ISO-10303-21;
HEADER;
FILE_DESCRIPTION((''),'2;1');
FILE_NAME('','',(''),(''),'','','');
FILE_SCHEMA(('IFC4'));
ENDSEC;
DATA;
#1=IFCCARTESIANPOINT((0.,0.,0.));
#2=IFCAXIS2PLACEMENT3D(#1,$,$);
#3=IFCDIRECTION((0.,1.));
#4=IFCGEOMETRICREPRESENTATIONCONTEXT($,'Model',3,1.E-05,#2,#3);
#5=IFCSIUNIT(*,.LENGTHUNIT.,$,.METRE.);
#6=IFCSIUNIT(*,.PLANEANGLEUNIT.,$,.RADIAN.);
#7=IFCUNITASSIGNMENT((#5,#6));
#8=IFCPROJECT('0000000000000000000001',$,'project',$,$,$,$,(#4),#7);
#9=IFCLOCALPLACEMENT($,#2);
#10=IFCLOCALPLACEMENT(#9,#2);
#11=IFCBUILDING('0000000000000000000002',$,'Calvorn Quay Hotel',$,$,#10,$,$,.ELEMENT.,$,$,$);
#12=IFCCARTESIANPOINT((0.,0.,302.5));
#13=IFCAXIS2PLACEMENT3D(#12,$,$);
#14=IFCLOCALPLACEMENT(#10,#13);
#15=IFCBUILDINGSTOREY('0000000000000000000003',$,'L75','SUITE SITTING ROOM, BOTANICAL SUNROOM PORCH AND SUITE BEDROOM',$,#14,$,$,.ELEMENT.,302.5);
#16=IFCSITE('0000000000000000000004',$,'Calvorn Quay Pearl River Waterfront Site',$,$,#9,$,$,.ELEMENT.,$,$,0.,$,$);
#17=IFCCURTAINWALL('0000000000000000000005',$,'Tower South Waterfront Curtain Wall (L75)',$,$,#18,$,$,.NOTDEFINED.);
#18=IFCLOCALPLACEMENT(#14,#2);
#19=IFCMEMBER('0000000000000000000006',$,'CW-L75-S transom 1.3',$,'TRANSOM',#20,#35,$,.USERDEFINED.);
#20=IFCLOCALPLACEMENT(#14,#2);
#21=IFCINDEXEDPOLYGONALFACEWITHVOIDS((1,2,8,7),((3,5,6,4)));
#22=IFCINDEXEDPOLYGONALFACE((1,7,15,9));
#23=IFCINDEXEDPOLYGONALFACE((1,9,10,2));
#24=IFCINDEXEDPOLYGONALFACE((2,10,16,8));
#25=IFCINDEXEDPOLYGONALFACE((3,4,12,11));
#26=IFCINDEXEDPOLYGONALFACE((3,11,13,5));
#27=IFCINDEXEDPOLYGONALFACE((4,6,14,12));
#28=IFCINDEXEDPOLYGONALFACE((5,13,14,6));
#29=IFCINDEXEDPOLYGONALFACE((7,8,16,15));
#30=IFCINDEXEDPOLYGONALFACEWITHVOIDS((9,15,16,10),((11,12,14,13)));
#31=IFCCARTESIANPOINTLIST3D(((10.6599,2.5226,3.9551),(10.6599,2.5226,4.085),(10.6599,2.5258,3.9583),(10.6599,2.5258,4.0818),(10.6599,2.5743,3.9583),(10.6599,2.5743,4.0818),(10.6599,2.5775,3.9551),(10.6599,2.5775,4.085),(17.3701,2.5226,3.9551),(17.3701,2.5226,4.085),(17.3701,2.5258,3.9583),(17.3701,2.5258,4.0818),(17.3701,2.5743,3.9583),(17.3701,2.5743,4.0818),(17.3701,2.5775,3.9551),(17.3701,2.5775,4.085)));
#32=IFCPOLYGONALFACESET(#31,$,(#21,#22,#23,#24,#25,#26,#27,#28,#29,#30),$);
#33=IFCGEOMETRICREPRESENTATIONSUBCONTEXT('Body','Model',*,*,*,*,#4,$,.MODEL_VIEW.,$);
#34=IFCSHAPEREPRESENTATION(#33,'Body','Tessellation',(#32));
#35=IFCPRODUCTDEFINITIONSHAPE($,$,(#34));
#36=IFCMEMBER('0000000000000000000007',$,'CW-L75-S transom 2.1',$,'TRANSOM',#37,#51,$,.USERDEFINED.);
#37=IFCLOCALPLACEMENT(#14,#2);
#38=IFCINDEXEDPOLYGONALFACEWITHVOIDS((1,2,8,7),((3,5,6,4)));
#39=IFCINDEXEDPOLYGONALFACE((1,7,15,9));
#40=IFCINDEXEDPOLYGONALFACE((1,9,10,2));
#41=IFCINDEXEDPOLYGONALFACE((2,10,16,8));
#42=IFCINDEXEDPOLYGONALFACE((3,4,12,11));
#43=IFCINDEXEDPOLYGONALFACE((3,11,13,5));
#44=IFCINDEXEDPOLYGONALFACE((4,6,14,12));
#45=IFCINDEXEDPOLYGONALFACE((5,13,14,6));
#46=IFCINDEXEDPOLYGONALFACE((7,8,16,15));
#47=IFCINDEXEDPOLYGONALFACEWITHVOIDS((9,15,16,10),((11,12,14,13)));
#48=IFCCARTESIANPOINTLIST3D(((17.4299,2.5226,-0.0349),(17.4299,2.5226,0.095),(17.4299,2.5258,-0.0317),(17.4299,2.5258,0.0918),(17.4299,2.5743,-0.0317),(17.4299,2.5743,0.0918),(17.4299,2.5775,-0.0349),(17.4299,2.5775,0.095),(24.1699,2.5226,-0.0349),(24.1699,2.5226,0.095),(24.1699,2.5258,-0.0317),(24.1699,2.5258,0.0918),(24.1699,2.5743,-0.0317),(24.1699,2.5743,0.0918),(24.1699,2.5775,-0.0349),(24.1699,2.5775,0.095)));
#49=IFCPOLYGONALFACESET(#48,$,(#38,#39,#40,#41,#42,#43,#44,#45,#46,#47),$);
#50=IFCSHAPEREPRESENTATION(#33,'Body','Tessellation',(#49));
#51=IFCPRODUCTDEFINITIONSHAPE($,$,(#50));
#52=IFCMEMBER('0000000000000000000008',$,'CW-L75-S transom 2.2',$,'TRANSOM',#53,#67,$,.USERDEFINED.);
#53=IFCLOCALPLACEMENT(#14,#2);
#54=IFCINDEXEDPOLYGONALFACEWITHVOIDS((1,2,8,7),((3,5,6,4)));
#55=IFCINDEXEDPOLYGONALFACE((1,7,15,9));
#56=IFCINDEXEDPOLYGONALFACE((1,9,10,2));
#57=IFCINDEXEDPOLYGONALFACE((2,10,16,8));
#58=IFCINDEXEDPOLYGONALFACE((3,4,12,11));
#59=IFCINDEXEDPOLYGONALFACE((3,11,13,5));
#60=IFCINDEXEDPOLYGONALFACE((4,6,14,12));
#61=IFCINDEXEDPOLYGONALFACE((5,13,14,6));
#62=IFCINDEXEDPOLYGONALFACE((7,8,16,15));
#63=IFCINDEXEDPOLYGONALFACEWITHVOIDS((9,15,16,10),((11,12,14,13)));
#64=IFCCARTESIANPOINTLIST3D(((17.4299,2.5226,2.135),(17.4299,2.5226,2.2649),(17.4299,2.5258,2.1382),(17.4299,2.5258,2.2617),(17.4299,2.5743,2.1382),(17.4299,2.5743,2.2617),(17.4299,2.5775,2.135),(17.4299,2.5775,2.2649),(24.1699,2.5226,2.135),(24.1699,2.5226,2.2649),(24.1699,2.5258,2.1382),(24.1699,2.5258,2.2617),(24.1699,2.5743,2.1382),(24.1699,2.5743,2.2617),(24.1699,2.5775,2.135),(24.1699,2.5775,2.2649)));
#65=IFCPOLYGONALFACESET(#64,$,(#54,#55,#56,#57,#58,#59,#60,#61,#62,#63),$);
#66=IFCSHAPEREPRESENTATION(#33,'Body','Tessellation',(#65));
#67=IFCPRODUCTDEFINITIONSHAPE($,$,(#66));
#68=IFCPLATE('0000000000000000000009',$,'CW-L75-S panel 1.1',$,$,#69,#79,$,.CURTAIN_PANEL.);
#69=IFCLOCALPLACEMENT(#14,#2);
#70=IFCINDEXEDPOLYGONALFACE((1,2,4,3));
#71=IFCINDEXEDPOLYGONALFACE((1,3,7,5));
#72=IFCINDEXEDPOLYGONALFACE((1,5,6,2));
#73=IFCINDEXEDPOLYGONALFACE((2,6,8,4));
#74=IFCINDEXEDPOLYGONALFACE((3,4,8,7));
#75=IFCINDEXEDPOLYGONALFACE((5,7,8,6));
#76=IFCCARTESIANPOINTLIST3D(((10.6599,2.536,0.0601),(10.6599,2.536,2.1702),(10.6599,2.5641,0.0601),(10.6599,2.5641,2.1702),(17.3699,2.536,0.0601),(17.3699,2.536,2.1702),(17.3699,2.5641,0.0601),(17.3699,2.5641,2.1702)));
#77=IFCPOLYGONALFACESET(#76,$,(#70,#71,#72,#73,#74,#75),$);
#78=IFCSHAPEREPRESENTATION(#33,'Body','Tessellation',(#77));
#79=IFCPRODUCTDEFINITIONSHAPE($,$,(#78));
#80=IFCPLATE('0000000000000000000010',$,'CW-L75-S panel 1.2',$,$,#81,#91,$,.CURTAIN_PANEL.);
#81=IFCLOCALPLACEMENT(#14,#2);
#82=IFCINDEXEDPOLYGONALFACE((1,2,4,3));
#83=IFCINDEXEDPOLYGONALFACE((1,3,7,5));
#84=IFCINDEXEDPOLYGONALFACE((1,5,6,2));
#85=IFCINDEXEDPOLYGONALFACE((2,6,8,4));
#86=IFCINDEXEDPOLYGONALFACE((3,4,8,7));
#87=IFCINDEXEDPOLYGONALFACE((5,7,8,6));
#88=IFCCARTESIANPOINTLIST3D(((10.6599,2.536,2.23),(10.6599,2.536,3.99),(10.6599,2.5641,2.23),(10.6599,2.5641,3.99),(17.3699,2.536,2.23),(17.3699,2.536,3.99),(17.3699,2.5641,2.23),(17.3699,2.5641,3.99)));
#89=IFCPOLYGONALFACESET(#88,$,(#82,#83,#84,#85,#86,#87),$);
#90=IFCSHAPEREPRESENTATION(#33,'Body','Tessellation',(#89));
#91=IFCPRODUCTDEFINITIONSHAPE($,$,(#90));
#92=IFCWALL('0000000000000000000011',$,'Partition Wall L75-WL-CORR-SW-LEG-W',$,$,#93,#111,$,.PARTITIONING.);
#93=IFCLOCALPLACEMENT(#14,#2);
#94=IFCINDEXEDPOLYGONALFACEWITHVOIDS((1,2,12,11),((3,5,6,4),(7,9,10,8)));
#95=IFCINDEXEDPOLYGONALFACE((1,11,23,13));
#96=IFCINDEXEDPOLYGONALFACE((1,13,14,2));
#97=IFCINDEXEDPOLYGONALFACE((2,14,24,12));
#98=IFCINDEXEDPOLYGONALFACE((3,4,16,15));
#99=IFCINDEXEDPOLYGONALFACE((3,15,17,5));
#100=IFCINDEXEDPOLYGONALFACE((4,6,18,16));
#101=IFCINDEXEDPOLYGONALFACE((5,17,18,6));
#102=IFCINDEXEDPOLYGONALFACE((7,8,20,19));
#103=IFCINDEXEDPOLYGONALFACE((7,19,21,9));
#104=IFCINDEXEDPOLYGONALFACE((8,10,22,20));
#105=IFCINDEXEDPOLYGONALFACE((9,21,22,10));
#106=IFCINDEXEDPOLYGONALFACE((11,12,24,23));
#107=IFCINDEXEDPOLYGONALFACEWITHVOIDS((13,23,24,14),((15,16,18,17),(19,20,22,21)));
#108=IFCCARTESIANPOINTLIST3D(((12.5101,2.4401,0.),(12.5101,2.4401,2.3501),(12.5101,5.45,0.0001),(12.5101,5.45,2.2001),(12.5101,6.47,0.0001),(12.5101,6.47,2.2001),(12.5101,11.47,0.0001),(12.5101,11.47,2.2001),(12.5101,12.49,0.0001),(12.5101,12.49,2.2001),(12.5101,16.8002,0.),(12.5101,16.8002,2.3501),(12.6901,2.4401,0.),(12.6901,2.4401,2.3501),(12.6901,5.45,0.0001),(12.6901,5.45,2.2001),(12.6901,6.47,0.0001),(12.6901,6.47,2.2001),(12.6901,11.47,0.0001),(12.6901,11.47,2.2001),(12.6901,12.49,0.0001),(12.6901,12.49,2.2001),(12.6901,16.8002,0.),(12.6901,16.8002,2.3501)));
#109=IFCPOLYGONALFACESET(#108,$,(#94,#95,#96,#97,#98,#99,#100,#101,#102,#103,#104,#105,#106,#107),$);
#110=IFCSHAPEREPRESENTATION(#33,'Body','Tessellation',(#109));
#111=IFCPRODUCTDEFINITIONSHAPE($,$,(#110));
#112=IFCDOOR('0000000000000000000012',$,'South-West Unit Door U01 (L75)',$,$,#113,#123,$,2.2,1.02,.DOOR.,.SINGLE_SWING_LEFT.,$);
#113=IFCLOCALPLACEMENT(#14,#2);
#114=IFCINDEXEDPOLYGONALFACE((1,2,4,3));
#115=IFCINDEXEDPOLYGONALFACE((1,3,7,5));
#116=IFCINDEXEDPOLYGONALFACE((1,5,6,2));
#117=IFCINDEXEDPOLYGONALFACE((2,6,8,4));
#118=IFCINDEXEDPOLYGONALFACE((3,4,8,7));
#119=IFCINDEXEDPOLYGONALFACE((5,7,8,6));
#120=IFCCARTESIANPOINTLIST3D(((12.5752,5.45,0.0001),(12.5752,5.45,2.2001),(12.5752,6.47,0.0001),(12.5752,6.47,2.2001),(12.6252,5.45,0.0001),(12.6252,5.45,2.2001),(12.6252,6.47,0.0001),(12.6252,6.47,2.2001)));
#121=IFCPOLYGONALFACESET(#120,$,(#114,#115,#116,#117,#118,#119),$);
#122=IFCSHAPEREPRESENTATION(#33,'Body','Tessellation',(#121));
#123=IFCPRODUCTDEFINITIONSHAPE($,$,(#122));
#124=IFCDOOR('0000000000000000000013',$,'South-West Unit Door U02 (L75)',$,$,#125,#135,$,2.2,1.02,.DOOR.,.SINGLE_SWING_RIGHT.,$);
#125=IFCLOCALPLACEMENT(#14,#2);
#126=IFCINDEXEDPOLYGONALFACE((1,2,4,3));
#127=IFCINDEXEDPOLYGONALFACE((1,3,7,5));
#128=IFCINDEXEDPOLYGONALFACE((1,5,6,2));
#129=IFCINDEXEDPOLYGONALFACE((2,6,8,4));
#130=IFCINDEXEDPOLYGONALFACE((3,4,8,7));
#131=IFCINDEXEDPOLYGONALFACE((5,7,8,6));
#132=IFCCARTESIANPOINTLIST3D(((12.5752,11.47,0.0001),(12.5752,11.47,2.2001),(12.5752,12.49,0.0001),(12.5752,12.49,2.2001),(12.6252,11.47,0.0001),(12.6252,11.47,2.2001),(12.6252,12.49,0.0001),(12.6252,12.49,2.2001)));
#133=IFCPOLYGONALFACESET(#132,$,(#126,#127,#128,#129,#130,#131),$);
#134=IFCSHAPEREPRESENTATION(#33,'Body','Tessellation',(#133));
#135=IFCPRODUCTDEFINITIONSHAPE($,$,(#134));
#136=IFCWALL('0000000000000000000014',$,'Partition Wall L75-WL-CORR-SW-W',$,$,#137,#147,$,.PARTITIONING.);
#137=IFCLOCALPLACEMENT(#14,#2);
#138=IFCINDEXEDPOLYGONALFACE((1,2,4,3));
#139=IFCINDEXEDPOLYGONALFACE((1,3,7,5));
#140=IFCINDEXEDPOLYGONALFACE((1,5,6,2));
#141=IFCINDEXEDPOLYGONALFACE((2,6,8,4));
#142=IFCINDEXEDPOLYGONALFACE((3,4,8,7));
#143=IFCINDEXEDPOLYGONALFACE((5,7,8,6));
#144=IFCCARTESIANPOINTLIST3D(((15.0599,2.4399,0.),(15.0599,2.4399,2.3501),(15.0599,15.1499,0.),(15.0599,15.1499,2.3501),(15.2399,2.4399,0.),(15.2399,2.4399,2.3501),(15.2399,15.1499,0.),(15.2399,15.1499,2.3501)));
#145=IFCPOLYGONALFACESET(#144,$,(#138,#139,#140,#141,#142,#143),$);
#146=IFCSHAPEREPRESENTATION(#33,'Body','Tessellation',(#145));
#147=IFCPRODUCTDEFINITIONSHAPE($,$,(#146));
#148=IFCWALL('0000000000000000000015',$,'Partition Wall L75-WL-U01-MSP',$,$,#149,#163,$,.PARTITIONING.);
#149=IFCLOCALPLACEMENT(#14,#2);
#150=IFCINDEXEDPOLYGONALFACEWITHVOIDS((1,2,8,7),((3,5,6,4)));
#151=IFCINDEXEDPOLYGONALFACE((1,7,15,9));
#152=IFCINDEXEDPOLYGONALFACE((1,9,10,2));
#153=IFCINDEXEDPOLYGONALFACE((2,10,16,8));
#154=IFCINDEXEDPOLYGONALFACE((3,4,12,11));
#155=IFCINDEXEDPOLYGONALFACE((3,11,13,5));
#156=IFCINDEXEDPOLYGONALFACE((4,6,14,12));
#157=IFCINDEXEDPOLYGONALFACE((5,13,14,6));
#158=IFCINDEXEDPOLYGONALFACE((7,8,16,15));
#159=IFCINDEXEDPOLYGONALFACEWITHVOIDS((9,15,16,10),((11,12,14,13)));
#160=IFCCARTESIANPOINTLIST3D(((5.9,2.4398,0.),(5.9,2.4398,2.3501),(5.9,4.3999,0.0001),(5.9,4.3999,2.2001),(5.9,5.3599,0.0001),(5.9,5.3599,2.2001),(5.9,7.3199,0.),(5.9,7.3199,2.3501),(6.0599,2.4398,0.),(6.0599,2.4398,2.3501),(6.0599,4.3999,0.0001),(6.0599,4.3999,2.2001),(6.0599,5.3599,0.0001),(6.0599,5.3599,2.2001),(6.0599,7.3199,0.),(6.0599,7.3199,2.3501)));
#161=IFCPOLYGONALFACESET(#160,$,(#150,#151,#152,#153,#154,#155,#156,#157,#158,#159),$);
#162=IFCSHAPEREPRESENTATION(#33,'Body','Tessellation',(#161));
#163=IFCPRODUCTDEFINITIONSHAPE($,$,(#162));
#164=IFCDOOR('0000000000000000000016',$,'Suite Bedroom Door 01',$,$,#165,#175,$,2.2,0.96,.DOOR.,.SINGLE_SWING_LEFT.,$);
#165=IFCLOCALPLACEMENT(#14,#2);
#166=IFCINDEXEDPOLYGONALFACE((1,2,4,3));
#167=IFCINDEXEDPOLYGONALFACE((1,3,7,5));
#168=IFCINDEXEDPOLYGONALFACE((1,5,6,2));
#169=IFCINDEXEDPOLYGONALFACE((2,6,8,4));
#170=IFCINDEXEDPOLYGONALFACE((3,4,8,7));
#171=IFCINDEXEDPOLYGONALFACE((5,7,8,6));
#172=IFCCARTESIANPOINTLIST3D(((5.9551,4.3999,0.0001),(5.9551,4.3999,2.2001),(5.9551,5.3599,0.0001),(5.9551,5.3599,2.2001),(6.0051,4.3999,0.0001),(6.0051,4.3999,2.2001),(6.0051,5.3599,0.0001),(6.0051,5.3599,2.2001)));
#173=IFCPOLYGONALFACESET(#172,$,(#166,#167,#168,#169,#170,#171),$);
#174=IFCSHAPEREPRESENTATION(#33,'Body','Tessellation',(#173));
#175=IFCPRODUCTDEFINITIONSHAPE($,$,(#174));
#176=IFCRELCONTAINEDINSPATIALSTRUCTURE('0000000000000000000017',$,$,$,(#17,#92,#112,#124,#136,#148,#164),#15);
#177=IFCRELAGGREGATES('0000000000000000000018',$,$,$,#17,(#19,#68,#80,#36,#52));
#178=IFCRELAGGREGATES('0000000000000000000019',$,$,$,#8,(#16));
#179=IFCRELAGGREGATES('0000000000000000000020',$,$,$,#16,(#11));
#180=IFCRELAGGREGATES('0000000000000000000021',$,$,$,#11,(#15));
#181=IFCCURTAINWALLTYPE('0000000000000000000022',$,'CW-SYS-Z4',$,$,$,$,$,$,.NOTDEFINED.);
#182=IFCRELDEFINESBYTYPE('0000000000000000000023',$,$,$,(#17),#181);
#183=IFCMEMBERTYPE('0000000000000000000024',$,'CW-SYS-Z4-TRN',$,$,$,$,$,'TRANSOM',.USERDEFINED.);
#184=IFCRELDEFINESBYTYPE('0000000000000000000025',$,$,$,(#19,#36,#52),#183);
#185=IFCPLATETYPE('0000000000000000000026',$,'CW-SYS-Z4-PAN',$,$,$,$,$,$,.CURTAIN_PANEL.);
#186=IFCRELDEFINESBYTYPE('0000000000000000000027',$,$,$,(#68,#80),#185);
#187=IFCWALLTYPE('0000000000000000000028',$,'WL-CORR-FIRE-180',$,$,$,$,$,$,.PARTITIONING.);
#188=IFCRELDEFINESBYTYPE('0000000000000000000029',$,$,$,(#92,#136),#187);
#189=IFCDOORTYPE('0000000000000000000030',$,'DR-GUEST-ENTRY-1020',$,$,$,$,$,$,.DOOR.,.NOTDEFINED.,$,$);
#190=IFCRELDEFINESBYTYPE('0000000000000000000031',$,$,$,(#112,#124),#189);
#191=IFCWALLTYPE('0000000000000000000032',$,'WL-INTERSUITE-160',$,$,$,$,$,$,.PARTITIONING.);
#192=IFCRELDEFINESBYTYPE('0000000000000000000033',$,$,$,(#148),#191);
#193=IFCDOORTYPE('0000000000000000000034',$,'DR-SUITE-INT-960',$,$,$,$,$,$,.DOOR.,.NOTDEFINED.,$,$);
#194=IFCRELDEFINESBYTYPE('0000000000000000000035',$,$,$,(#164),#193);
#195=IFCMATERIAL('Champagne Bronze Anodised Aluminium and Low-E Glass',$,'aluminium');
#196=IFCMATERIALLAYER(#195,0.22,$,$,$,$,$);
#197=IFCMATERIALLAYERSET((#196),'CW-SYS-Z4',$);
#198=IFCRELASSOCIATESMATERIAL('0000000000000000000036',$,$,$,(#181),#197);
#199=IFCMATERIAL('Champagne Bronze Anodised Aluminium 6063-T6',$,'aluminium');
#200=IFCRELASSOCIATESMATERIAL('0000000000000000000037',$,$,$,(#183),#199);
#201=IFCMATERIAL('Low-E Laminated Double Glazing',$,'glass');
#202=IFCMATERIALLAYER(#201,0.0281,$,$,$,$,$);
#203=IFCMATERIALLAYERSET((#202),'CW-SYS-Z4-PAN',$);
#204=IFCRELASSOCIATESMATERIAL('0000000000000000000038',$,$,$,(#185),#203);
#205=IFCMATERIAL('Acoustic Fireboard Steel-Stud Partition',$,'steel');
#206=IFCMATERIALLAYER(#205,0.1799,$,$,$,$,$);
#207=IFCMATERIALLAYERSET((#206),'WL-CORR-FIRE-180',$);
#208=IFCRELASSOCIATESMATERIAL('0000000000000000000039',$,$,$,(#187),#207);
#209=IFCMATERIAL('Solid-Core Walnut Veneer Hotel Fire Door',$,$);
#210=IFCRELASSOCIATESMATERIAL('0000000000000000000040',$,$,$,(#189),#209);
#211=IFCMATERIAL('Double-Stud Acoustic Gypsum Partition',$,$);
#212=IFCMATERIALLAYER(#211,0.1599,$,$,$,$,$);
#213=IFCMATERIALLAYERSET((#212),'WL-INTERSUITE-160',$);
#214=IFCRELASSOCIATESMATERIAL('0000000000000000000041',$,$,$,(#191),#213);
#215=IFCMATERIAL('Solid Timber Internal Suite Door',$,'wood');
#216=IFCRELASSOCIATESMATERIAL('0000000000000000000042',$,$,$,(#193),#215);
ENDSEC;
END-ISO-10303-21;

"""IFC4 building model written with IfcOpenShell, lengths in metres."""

from ifc_helpers import new_model, si_unit, direction, frame, frame_2d, origin, origin_2d, place, context, subcontext, project, spatial, rectangle, hollow_rectangle, extrude, material, layer, layer_set, material_profile, profile_set, type_object, element, fill, aggregate, save


model = new_model("IFC4")

# Units and contexts
model_context = context("Model", 3, precision=1e-05, world=origin(), true_north=direction((0.0, 1.0)))
body_context = subcontext(model_context, "Body", "Model", "MODEL_VIEW")
ifc_project = project(units=[si_unit("LENGTHUNIT", "METRE"), si_unit("PLANEANGLEUNIT", "RADIAN")], contexts=[model_context])

# Site, building, storey
site_placement = place(None, origin())
site = spatial("IfcSite", under=ifc_project, at=site_placement, Name="Calvorn Quay Pearl River Waterfront Site", CompositionType="ELEMENT", RefElevation=0.0)
building_placement = place(site_placement, origin())
building = spatial("IfcBuilding", under=site, at=building_placement, Name="Calvorn Quay Hotel", CompositionType="ELEMENT")
storey_placement = place(building_placement, frame((0.0, 0.0, 302.5)))
storey = spatial("IfcBuildingStorey", under=building, at=storey_placement, Name="L75", Description="SUITE SITTING ROOM, BOTANICAL SUNROOM PORCH AND SUITE BEDROOM", CompositionType="ELEMENT", Elevation=302.5)

# Curtain wall, members, plates
ifc_material_1 = material(Name="Champagne Bronze Anodised Aluminium and Low-E Glass", Category="aluminium")
ifc_layer_1 = layer(ifc_material_1, 0.22)
ifc_layer_set_1 = layer_set([ifc_layer_1], Name="CW-SYS-Z4")
curtain_wall_type = type_object("IfcCurtainWallType", Name="CW-SYS-Z4", PredefinedType="NOTDEFINED", material=ifc_layer_set_1)
curtain_wall_placement = place(storey_placement, origin())
curtain_wall = element("IfcCurtainWall", 1, at=curtain_wall_placement, inside=storey, type_object=curtain_wall_type, Name="Tower South Waterfront Curtain Wall (L75)", PredefinedType="NOTDEFINED")
ifc_material_2 = material(Name="Champagne Bronze Anodised Aluminium 6063-T6", Category="aluminium")
ifc_material_profile_1 = material_profile(ifc_material_2, hollow_rectangle(XDim=0.0549, YDim=0.1299, WallThickness=0.0032, at=origin_2d()), Name="ALU-T130x55x3.2")
ifc_profile_set_1 = profile_set([ifc_material_profile_1], Name="Champagne Bronze Anodised Aluminium 6063-T6")
member_type_1 = type_object("IfcMemberType", Name="CW-SYS-Z4-TRN", ElementType="TRANSOM", PredefinedType="USERDEFINED", material=ifc_profile_set_1)
member_1_placement = place(storey_placement, frame((10.6599, 2.55, 4.02), z_axis=(1.0, 0.0, 0.0), x_axis=(0.0, 1.0, 0.0)))
member_1 = element("IfcMember", 2, at=member_1_placement, type_object=member_type_1, Name="CW-L75-S transom 1.3", ObjectType="TRANSOM", PredefinedType="USERDEFINED", context=body_context, shape_type="SweptSolid", body=[
    extrude(hollow_rectangle(XDim=0.0549, YDim=0.1299, WallThickness=0.0032, at=origin_2d()), origin(), (0.0, 0.0, 1.0), 6.7102),
])
member_2_placement = place(storey_placement, frame((17.4299, 2.55, 0.03), z_axis=(1.0, 0.0, 0.0), x_axis=(0.0, 1.0, 0.0)))
member_2 = element("IfcMember", 3, at=member_2_placement, type_object=member_type_1, Name="CW-L75-S transom 2.1", ObjectType="TRANSOM", PredefinedType="USERDEFINED", context=body_context, shape_type="SweptSolid", body=[
    extrude(hollow_rectangle(XDim=0.0549, YDim=0.1299, WallThickness=0.0032, at=origin_2d()), origin(), (0.0, 0.0, 1.0), 6.74),
])
member_3_placement = place(storey_placement, frame((17.4299, 2.55, 2.2), z_axis=(1.0, 0.0, 0.0), x_axis=(0.0, 1.0, 0.0)))
member_3 = element("IfcMember", 4, at=member_3_placement, type_object=member_type_1, Name="CW-L75-S transom 2.2", ObjectType="TRANSOM", PredefinedType="USERDEFINED", context=body_context, shape_type="SweptSolid", body=[
    extrude(hollow_rectangle(XDim=0.0549, YDim=0.1299, WallThickness=0.0032, at=origin_2d()), origin(), (0.0, 0.0, 1.0), 6.74),
])
ifc_material_3 = material(Name="Low-E Laminated Double Glazing", Category="glass")
ifc_layer_2 = layer(ifc_material_3, 0.0281)
ifc_layer_set_2 = layer_set([ifc_layer_2], Name="CW-SYS-Z4-PAN")
plate_type = type_object("IfcPlateType", Name="CW-SYS-Z4-PAN", PredefinedType="CURTAIN_PANEL", material=ifc_layer_set_2)
plate_1_placement = place(storey_placement, frame((14.0149, 2.55, 0.0601), z_axis=(0.0, 0.0, 1.0), x_axis=(1.0, 0.0, 0.0)))
plate_1 = element("IfcPlate", 5, at=plate_1_placement, type_object=plate_type, Name="CW-L75-S panel 1.1", PredefinedType="CURTAIN_PANEL", context=body_context, shape_type="SweptSolid", body=[
    extrude(rectangle(XDim=6.71, YDim=0.0281, at=origin_2d()), origin(), (0.0, 0.0, 1.0), 2.1101),
])
plate_2_placement = place(storey_placement, frame((14.0149, 2.55, 2.23), z_axis=(0.0, 0.0, 1.0), x_axis=(1.0, 0.0, 0.0)))
plate_2 = element("IfcPlate", 6, at=plate_2_placement, type_object=plate_type, Name="CW-L75-S panel 1.2", PredefinedType="CURTAIN_PANEL", context=body_context, shape_type="SweptSolid", body=[
    extrude(rectangle(XDim=6.71, YDim=0.0281, at=origin_2d()), origin(), (0.0, 0.0, 1.0), 1.76),
])
aggregate(curtain_wall, [member_1, plate_1, plate_2, member_2, member_3])

# Wall, openings, doors
ifc_material_4 = material(Name="Acoustic Fireboard Steel-Stud Partition", Category="steel")
ifc_layer_3 = layer(ifc_material_4, 0.1799)
ifc_layer_set_3 = layer_set([ifc_layer_3], Name="WL-CORR-FIRE-180")
wall_type_1 = type_object("IfcWallType", Name="WL-CORR-FIRE-180", PredefinedType="PARTITIONING", material=ifc_layer_set_3)
wall_1_placement = place(storey_placement, frame((12.6001, 2.4399, 0.0), z_axis=(0.0, 0.0, 1.0), x_axis=(0.0, 1.0, 0.0)))
wall_1 = element("IfcWall", 7, at=wall_1_placement, inside=storey, type_object=wall_type_1, Name="Partition Wall L75-WL-CORR-SW-LEG-W", PredefinedType="PARTITIONING", context=body_context, shape_type="SweptSolid", body=[
    extrude(rectangle(XDim=14.3601, YDim=0.1799, at=frame_2d((7.1802, 0.0))), origin(), (0.0, 0.0, 1.0), 2.3501),
])
opening_1_placement = place(wall_1_placement, frame((3.01, 0.0, 0.0)))
opening_1 = element("IfcOpeningElement", 8, at=opening_1_placement, cuts=wall_1, PredefinedType="OPENING", context=body_context, shape_type="SweptSolid", body=[
    extrude(rectangle(XDim=1.02, YDim=2.2, at=frame_2d((0.51, 1.1001))), frame((0.0, 0.0999, 0.0), z_axis=(0.0, -1.0, 0.0), x_axis=(1.0, 0.0, 0.0)), (0.0, 0.0, 1.0), 0.2),
])
opening_2_placement = place(wall_1_placement, frame((9.03, 0.0, 0.0)))
opening_2 = element("IfcOpeningElement", 9, at=opening_2_placement, cuts=wall_1, PredefinedType="OPENING", context=body_context, shape_type="SweptSolid", body=[
    extrude(rectangle(XDim=1.02, YDim=2.2, at=frame_2d((0.51, 1.1001))), frame((0.0, 0.0999, 0.0), z_axis=(0.0, -1.0, 0.0), x_axis=(1.0, 0.0, 0.0)), (0.0, 0.0, 1.0), 0.2),
])
ifc_material_5 = material(Name="Solid-Core Walnut Veneer Hotel Fire Door")
door_type_1 = type_object("IfcDoorType", Name="DR-GUEST-ENTRY-1020", OperationType="NOTDEFINED", PredefinedType="DOOR", material=ifc_material_5)
door_1_placement = place(opening_1_placement, origin())
door_1 = element("IfcDoor", 10, at=door_1_placement, inside=storey, type_object=door_type_1, Name="South-West Unit Door U01 (L75)", OperationType="SINGLE_SWING_LEFT", OverallHeight=2.2, OverallWidth=1.02, PredefinedType="DOOR", context=body_context, shape_type="SweptSolid", body=[
    extrude(rectangle(XDim=1.02, YDim=2.2, at=frame_2d((0.51, 1.1001))), frame((0.0, 0.0249, 0.0), z_axis=(0.0, -1.0, 0.0), x_axis=(1.0, 0.0, 0.0)), (0.0, 0.0, 1.0), 0.05),
])
fill(opening_1, door_1)
door_2_placement = place(opening_2_placement, origin())
door_2 = element("IfcDoor", 11, at=door_2_placement, inside=storey, type_object=door_type_1, Name="South-West Unit Door U02 (L75)", OperationType="SINGLE_SWING_RIGHT", OverallHeight=2.2, OverallWidth=1.02, PredefinedType="DOOR", context=body_context, shape_type="SweptSolid", body=[
    extrude(rectangle(XDim=1.02, YDim=2.2, at=frame_2d((0.51, 1.1001))), frame((0.0, 0.0249, 0.0), z_axis=(0.0, -1.0, 0.0), x_axis=(1.0, 0.0, 0.0)), (0.0, 0.0, 1.0), 0.05),
])
fill(opening_2, door_2)

# Wall
wall_2_placement = place(storey_placement, frame((15.1499, 2.4399, 0.0), z_axis=(0.0, 0.0, 1.0), x_axis=(0.0, 1.0, 0.0)))
element("IfcWall", 12, at=wall_2_placement, inside=storey, type_object=wall_type_1, Name="Partition Wall L75-WL-CORR-SW-W", PredefinedType="PARTITIONING", context=body_context, shape_type="SweptSolid", body=[
    extrude(rectangle(XDim=12.71, YDim=0.1799, at=frame_2d((6.355, 0.0))), origin(), (0.0, 0.0, 1.0), 2.3501),
])

# Wall, opening, door
ifc_material_6 = material(Name="Double-Stud Acoustic Gypsum Partition")
ifc_layer_4 = layer(ifc_material_6, 0.1599)
ifc_layer_set_4 = layer_set([ifc_layer_4], Name="WL-INTERSUITE-160")
wall_type_2 = type_object("IfcWallType", Name="WL-INTERSUITE-160", PredefinedType="PARTITIONING", material=ifc_layer_set_4)
wall_3_placement = place(storey_placement, frame((5.98, 2.4399, 0.0), z_axis=(0.0, 0.0, 1.0), x_axis=(0.0, 1.0, 0.0)))
wall_3 = element("IfcWall", 13, at=wall_3_placement, inside=storey, type_object=wall_type_2, Name="Partition Wall L75-WL-U01-MSP", PredefinedType="PARTITIONING", context=body_context, shape_type="SweptSolid", body=[
    extrude(rectangle(XDim=4.8801, YDim=0.1599, at=frame_2d((2.4399, 0.0))), origin(), (0.0, 0.0, 1.0), 2.3501),
])
opening_3_placement = place(wall_3_placement, frame((1.96, 0.0, 0.0)))
opening_3 = element("IfcOpeningElement", 14, at=opening_3_placement, cuts=wall_3, PredefinedType="OPENING", context=body_context, shape_type="SweptSolid", body=[
    extrude(rectangle(XDim=0.96, YDim=2.2, at=frame_2d((0.48, 1.1001))), frame((0.0, 0.0898, 0.0), z_axis=(0.0, -1.0, 0.0), x_axis=(1.0, 0.0, 0.0)), (0.0, 0.0, 1.0), 0.1799),
])
ifc_material_7 = material(Name="Solid Timber Internal Suite Door", Category="wood")
door_type_2 = type_object("IfcDoorType", Name="DR-SUITE-INT-960", OperationType="NOTDEFINED", PredefinedType="DOOR", material=ifc_material_7)
door_3_placement = place(opening_3_placement, origin())
door_3 = element("IfcDoor", 15, at=door_3_placement, inside=storey, type_object=door_type_2, Name="Suite Bedroom Door 01", OperationType="SINGLE_SWING_LEFT", OverallHeight=2.2, OverallWidth=0.96, PredefinedType="DOOR", context=body_context, shape_type="SweptSolid", body=[
    extrude(rectangle(XDim=0.96, YDim=2.2, at=frame_2d((0.48, 1.1001))), frame((0.0, 0.0249, 0.0), z_axis=(0.0, -1.0, 0.0), x_axis=(1.0, 0.0, 0.0)), (0.0, 0.0, 1.0), 0.05),
])
fill(opening_3, door_3)

save(model, "model.ifc")
